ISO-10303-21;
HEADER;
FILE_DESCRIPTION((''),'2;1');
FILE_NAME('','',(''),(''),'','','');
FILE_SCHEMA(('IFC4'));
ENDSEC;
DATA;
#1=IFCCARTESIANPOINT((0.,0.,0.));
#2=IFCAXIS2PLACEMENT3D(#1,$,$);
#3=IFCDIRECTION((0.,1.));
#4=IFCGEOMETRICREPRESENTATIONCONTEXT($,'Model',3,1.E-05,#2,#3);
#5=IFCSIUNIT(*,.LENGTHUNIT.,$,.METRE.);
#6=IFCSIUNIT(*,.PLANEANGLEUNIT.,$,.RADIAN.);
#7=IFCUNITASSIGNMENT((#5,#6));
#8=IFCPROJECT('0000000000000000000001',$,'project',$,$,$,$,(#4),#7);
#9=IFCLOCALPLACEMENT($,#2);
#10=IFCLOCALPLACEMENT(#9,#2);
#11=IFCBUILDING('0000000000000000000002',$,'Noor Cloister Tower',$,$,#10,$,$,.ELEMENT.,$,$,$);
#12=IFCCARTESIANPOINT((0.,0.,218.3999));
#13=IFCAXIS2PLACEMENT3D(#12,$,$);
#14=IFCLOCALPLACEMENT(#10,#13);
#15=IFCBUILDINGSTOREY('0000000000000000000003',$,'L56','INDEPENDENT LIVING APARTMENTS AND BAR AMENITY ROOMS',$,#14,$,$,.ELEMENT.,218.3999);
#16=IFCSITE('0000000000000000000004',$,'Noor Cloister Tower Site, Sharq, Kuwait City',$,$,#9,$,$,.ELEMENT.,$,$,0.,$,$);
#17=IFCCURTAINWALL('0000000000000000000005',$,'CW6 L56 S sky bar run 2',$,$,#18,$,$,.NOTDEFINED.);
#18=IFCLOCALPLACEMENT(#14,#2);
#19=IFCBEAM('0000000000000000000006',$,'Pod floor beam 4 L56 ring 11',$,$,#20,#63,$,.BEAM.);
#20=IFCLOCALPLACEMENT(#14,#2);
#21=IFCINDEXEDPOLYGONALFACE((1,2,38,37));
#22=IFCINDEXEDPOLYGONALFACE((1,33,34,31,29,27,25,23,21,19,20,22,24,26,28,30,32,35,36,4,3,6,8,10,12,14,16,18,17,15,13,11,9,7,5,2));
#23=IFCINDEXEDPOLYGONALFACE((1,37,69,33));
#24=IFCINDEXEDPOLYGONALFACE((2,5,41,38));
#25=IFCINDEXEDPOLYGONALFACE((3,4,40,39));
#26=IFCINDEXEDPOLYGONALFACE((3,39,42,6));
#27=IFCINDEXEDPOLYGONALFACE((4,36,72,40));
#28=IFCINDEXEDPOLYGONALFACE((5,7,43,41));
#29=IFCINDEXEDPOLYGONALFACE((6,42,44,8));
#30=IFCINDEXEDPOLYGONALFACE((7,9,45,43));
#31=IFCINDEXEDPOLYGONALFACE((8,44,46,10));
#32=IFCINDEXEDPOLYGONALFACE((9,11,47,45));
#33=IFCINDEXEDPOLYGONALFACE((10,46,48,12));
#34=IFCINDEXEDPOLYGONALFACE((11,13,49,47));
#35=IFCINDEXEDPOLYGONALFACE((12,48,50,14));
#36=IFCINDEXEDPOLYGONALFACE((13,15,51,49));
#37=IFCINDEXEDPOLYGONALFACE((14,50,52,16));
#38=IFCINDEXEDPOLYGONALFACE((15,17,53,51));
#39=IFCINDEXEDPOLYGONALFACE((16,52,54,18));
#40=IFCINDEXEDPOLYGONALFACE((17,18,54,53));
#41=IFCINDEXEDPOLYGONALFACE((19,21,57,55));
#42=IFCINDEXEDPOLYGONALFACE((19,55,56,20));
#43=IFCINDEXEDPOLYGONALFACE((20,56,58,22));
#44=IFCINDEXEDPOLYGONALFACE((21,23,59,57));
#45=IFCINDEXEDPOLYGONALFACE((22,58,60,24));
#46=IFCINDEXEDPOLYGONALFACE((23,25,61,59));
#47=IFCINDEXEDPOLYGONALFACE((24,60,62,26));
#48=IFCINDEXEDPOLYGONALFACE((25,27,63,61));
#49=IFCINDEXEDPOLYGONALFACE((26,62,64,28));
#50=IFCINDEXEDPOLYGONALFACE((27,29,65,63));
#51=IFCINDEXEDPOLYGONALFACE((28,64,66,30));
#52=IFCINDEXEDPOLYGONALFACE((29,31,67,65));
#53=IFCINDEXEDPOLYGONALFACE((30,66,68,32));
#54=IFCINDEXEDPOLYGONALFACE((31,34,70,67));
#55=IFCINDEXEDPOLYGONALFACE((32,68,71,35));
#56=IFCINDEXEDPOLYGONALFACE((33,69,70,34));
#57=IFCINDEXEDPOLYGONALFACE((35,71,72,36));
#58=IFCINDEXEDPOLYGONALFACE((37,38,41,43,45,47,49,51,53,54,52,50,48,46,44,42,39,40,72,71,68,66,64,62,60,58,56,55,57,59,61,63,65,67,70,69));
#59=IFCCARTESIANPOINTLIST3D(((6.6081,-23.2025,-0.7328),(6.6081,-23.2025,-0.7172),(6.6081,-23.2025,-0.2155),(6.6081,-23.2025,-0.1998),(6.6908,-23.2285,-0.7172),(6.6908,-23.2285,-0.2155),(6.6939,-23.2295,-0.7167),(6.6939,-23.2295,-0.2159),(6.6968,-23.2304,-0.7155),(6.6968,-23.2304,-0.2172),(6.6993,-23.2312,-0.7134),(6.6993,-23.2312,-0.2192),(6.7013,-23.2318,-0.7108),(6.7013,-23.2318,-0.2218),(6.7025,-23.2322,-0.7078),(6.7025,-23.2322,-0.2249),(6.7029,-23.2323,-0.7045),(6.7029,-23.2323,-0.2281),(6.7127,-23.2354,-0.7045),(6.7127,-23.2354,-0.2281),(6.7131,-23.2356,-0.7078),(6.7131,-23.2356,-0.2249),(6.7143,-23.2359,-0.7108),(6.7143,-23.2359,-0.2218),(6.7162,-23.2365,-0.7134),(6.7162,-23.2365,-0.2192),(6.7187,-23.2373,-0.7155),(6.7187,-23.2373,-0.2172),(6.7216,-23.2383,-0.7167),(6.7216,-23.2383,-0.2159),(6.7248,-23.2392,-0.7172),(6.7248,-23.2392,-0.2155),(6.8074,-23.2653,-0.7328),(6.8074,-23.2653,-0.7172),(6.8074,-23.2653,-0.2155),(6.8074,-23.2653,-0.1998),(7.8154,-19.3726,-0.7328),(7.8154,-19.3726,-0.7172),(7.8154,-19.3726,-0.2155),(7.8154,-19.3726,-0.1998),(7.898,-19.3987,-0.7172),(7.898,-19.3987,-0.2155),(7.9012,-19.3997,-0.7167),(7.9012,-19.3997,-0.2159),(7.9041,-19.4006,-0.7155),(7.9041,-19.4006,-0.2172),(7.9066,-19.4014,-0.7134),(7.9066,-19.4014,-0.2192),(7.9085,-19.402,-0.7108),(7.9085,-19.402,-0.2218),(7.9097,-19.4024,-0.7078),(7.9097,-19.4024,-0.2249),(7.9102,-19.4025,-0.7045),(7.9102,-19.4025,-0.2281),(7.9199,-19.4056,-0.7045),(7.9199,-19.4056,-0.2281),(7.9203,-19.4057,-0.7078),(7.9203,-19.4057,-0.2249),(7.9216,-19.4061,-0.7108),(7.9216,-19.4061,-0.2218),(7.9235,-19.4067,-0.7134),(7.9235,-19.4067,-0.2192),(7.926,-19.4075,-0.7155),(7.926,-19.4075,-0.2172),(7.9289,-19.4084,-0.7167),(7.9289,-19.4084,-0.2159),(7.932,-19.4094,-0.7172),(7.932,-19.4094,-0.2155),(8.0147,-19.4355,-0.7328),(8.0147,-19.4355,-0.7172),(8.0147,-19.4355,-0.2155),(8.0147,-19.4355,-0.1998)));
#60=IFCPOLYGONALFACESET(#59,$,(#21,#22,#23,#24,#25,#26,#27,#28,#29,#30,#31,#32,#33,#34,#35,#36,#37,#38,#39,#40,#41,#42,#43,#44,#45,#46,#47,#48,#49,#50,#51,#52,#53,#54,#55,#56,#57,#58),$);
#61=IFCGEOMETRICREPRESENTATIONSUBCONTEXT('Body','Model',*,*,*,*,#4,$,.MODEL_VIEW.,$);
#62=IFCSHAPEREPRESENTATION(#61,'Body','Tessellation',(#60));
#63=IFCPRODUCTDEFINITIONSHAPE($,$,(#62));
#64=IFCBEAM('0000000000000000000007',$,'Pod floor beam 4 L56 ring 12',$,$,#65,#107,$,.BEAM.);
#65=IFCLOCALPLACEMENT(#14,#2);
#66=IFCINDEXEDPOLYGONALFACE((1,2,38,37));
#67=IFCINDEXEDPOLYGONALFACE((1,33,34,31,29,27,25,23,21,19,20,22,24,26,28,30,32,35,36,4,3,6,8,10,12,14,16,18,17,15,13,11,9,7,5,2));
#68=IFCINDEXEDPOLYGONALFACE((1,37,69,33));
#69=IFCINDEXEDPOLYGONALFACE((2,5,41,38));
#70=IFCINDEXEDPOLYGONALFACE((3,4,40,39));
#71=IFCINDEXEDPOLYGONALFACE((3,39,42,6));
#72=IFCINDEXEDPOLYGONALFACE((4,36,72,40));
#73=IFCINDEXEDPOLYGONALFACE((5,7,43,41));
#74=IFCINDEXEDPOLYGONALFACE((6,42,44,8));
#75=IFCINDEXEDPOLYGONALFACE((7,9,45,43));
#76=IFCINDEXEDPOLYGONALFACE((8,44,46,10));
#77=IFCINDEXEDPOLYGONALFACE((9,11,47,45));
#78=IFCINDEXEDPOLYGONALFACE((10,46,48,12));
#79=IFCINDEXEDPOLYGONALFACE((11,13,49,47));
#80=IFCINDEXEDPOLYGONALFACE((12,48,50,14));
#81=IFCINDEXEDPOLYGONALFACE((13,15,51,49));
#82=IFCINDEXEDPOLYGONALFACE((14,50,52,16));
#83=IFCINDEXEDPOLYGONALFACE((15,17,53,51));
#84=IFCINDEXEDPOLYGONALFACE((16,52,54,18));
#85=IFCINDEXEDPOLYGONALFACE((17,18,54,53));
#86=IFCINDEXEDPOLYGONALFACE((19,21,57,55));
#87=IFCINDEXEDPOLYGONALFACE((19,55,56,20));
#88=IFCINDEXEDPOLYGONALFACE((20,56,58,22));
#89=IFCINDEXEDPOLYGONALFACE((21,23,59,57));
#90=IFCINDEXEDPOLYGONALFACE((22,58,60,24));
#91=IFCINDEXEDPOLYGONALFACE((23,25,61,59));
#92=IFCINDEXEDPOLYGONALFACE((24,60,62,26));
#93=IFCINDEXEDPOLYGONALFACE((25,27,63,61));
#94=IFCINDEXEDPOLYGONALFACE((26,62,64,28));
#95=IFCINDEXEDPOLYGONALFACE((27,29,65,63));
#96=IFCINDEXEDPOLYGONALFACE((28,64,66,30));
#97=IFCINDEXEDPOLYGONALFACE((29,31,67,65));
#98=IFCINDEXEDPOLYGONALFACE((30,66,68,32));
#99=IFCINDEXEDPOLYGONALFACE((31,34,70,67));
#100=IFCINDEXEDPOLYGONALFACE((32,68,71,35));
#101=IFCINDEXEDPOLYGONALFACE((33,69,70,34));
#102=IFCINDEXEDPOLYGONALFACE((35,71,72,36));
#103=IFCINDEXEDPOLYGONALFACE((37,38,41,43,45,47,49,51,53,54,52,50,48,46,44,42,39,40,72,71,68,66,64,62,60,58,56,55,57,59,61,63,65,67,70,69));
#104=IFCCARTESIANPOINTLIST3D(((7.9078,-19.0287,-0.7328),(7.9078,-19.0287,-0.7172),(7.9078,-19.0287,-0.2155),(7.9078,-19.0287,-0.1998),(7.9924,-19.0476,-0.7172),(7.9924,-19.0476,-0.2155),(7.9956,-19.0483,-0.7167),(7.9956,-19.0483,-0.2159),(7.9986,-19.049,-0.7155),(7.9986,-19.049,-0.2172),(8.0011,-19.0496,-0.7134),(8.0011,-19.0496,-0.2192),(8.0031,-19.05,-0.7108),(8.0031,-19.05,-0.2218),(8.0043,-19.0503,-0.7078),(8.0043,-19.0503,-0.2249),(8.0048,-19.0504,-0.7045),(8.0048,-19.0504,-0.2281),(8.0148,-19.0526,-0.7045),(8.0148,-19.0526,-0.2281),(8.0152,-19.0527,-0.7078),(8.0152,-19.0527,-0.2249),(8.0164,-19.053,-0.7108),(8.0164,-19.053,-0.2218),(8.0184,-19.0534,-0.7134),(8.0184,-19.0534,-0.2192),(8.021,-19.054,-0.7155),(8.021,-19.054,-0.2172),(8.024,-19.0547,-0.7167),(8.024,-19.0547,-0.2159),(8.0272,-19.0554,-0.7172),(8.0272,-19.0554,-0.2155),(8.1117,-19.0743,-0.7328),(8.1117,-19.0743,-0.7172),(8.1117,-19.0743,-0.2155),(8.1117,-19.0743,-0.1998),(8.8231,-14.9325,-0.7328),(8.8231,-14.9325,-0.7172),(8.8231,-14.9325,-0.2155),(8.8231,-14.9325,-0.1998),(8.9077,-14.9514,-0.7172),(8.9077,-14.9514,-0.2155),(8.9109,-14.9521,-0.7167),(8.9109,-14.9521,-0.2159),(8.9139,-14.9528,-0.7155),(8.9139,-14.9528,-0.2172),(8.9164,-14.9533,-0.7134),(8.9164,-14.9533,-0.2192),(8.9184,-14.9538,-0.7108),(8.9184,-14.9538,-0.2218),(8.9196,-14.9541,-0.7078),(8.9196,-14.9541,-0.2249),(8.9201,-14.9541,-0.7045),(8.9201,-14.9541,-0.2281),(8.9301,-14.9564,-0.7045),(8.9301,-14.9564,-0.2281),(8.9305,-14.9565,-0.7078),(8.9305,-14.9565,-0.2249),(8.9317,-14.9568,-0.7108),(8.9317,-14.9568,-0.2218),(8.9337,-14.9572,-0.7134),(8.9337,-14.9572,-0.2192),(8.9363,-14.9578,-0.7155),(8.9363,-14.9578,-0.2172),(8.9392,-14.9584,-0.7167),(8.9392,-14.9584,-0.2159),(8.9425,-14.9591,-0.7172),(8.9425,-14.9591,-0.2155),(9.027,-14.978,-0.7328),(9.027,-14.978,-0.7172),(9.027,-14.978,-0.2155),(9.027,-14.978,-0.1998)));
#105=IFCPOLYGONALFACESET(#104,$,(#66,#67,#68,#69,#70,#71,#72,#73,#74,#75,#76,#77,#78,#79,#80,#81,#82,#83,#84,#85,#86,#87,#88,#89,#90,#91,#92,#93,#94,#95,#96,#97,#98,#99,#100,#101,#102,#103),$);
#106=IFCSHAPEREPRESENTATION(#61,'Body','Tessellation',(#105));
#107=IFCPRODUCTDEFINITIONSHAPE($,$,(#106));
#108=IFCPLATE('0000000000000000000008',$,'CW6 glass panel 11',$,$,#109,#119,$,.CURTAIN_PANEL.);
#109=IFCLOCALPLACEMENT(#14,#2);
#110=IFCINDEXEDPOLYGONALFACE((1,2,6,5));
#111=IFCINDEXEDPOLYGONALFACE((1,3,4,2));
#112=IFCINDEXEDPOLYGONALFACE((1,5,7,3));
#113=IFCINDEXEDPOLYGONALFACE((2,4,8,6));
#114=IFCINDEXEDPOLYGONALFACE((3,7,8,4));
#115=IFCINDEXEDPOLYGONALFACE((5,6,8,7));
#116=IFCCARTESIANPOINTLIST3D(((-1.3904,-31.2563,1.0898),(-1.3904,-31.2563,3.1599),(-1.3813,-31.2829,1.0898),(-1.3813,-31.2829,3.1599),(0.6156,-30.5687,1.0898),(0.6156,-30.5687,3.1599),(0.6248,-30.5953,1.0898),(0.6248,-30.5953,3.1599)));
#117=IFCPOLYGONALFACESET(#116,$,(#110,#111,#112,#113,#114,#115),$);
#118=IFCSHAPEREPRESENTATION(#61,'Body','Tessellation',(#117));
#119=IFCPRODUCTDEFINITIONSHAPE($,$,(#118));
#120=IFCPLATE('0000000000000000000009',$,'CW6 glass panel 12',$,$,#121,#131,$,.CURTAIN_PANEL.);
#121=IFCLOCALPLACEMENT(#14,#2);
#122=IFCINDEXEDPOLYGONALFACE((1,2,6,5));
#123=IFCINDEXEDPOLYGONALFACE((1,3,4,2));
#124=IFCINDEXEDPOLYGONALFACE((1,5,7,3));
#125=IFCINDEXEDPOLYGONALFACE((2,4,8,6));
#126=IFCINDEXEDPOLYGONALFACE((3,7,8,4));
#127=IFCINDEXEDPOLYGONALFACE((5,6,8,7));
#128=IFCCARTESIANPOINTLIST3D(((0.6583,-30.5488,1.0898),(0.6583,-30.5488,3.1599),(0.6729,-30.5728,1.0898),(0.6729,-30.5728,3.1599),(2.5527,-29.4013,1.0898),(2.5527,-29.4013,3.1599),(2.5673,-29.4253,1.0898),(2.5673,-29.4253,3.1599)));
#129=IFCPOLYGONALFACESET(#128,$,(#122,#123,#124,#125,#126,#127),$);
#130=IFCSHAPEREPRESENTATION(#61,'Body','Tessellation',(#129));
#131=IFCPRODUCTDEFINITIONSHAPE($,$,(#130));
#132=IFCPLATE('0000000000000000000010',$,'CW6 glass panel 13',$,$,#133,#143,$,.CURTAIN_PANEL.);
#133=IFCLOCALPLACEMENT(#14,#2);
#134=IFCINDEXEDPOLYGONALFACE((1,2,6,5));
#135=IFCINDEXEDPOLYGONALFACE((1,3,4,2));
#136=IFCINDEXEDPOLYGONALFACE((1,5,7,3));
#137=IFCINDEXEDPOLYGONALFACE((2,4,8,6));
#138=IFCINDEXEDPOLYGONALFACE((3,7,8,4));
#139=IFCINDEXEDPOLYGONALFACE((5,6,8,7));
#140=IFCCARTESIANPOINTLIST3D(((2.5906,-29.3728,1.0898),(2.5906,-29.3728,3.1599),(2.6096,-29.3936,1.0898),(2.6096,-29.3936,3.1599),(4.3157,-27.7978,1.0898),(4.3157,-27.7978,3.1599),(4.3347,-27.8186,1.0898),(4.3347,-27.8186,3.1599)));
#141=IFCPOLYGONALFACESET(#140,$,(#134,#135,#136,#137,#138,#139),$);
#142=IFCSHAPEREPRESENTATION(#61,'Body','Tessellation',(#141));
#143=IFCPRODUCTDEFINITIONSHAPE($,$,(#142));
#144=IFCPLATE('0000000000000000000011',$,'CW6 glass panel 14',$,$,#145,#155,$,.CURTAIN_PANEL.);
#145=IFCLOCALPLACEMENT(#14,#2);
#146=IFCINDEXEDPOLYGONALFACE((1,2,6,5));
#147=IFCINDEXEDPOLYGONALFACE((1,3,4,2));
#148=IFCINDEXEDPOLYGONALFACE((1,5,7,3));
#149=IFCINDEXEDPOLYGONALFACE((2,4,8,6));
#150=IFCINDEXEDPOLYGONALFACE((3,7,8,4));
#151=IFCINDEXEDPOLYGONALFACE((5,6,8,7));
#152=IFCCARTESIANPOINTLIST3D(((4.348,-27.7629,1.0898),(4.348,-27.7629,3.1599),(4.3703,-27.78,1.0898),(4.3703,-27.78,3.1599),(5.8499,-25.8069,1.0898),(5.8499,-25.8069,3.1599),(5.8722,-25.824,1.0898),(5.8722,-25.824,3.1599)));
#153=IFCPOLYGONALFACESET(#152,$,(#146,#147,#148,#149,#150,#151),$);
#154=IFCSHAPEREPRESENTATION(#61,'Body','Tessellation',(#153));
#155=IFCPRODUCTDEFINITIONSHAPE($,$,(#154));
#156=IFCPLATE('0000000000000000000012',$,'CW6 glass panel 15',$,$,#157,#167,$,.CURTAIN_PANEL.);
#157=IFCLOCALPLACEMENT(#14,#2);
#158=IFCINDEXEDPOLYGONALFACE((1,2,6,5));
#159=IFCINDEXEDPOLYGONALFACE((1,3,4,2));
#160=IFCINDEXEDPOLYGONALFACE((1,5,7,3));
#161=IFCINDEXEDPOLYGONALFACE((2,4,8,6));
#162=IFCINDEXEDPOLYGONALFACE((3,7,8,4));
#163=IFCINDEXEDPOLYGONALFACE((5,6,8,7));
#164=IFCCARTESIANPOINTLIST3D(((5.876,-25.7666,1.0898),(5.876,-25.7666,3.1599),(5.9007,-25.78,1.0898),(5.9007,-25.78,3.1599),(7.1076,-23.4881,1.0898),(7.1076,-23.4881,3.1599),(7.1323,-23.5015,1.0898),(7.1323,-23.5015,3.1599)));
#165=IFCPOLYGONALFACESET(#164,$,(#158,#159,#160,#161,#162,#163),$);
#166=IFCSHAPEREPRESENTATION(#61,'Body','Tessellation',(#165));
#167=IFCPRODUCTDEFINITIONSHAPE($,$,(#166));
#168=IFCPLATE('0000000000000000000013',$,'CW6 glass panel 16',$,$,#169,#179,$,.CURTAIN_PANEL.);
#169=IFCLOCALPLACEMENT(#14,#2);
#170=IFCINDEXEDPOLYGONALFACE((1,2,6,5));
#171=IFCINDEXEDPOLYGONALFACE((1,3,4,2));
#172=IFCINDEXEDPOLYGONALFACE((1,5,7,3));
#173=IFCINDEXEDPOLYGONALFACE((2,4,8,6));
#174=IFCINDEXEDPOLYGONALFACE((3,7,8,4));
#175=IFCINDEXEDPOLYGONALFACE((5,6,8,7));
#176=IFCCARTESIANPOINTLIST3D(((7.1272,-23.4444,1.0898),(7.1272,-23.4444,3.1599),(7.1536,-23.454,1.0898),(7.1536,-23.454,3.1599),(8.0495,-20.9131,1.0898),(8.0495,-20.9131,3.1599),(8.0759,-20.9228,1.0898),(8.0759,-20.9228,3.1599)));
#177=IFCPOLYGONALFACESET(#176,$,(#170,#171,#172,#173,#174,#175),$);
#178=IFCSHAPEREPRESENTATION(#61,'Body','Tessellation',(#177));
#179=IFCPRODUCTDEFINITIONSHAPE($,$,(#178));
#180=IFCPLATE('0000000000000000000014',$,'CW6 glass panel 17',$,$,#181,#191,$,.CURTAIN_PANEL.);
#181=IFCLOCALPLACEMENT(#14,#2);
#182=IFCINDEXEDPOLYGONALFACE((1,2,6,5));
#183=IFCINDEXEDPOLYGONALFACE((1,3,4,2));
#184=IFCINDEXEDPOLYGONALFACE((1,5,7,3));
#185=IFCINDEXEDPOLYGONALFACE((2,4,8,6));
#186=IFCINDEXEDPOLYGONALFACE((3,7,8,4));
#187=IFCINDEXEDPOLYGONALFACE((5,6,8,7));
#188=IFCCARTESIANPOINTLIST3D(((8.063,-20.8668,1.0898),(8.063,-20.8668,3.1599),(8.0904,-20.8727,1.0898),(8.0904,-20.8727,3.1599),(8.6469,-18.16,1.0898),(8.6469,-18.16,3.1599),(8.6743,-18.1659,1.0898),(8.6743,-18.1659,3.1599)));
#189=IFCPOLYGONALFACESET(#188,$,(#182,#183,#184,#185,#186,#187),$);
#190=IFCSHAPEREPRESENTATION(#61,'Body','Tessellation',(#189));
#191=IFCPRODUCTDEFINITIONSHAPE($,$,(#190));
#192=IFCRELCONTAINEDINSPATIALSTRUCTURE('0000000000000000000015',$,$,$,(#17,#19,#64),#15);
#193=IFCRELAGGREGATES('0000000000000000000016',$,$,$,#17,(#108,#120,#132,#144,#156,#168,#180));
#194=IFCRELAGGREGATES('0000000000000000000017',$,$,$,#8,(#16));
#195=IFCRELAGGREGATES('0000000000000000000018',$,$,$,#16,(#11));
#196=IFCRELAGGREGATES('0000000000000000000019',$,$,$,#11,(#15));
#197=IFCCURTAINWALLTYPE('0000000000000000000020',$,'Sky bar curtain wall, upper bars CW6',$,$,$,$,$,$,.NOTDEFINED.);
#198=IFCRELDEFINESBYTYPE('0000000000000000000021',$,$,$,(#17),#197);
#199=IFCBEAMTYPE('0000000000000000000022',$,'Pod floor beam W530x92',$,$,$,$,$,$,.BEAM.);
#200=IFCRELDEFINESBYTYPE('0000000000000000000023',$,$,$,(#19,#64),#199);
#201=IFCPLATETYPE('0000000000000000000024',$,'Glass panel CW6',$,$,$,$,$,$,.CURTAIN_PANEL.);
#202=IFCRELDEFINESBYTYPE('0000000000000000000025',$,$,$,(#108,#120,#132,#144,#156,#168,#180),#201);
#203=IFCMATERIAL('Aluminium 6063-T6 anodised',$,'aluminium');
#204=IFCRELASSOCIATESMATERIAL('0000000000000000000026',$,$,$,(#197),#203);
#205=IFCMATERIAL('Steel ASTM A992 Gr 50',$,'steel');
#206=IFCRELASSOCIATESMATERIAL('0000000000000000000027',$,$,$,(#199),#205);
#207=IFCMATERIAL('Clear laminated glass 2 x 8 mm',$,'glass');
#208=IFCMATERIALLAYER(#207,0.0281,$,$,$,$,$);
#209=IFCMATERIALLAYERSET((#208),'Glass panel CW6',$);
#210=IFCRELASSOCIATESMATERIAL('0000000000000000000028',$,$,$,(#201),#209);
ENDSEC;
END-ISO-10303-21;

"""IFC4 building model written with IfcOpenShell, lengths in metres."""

from ifc_helpers import new_model, si_unit, direction, frame, origin, origin_2d, place, context, subcontext, project, spatial, rectangle, i_section, extrude, material, layer, layer_set, material_profile, profile_set, type_object, element, aggregate, save


model = new_model("IFC4")

# Units and contexts
model_context = context("Model", 3, precision=1e-05, world=origin(), true_north=direction((0.0, 1.0)))
body_context = subcontext(model_context, "Body", "Model", "MODEL_VIEW")
ifc_project = project(units=[si_unit("LENGTHUNIT", "METRE"), si_unit("PLANEANGLEUNIT", "RADIAN")], contexts=[model_context])

# Site, building, storey
site_placement = place(None, origin())
site = spatial("IfcSite", under=ifc_project, at=site_placement, Name="Noor Cloister Tower Site, Sharq, Kuwait City", CompositionType="ELEMENT", RefElevation=0.0)
building_placement = place(site_placement, origin())
building = spatial("IfcBuilding", under=site, at=building_placement, Name="Noor Cloister Tower", CompositionType="ELEMENT")
storey_placement = place(building_placement, frame((0.0, 0.0, 218.3999)))
storey = spatial("IfcBuildingStorey", under=building, at=storey_placement, Name="L56", Description="INDEPENDENT LIVING APARTMENTS AND BAR AMENITY ROOMS", CompositionType="ELEMENT", Elevation=218.3999)

# Curtain wall
ifc_material_1 = material(Name="Aluminium 6063-T6 anodised", Category="aluminium")
curtain_wall_type = type_object("IfcCurtainWallType", Name="Sky bar curtain wall, upper bars CW6", PredefinedType="NOTDEFINED", material=ifc_material_1)
curtain_wall_placement = place(storey_placement, origin())
curtain_wall = element("IfcCurtainWall", 1, at=curtain_wall_placement, inside=storey, type_object=curtain_wall_type, Name="CW6 L56 S sky bar run 2", PredefinedType="NOTDEFINED")

# Beams
ifc_material_2 = material(Name="Steel ASTM A992 Gr 50", Category="steel")
ifc_material_profile_1 = material_profile(ifc_material_2, i_section(OverallWidth=0.209, OverallDepth=0.533, WebThickness=0.0103, FlangeThickness=0.0156, FilletRadius=0.0127, at=origin_2d()), Name="W530x92")
ifc_profile_set_1 = profile_set([ifc_material_profile_1], Name="Steel ASTM A992 Gr 50")
beam_type = type_object("IfcBeamType", Name="Pod floor beam W530x92", PredefinedType="BEAM", material=ifc_profile_set_1)
beam_1_placement = place(storey_placement, frame((6.7078, -23.2339, -0.4663), z_axis=(0.300645, 0.953736, 0.0), x_axis=(-0.953736, 0.300645, 0.0)))
element("IfcBeam", 2, at=beam_1_placement, inside=storey, type_object=beam_type, Name="Pod floor beam 4 L56 ring 11", PredefinedType="BEAM", context=body_context, shape_type="SweptSolid", body=[
    extrude(i_section(OverallWidth=0.209, OverallDepth=0.533, WebThickness=0.0103, FlangeThickness=0.0156, FilletRadius=0.0127, at=origin_2d()), origin(), (0.0, 0.0, 1.0), 4.0156),
])
beam_2_placement = place(storey_placement, frame((8.0098, -19.0515, -0.4663), z_axis=(0.21807, 0.975933, 0.0), x_axis=(-0.975933, 0.21807, 0.0)))
element("IfcBeam", 3, at=beam_2_placement, inside=storey, type_object=beam_type, Name="Pod floor beam 4 L56 ring 12", PredefinedType="BEAM", context=body_context, shape_type="SweptSolid", body=[
    extrude(i_section(OverallWidth=0.209, OverallDepth=0.533, WebThickness=0.0103, FlangeThickness=0.0156, FilletRadius=0.0127, at=origin_2d()), origin(), (0.0, 0.0, 1.0), 4.1973),
])

# Plates
ifc_material_3 = material(Name="Clear laminated glass 2 x 8 mm", Category="glass")
ifc_layer_1 = layer(ifc_material_3, 0.0281)
ifc_layer_set_1 = layer_set([ifc_layer_1], Name="Glass panel CW6")
plate_type = type_object("IfcPlateType", Name="Glass panel CW6", PredefinedType="CURTAIN_PANEL", material=ifc_layer_set_1)
plate_1_placement = place(storey_placement, frame((-0.3828, -30.9258, 1.0898), z_axis=(0.0, 0.0, 1.0), x_axis=(0.94597, 0.324256, 0.0)))
plate_1 = element("IfcPlate", 4, at=plate_1_placement, type_object=plate_type, Name="CW6 glass panel 11", PredefinedType="CURTAIN_PANEL", context=body_context, shape_type="SweptSolid", body=[
    extrude(rectangle(XDim=2.1206, YDim=0.0281, at=origin_2d()), origin(), (0.0, 0.0, 1.0), 2.0701),
])
plate_2_placement = place(storey_placement, frame((1.6128, -29.9871, 1.0898), z_axis=(0.0, 0.0, 1.0), x_axis=(0.855314, 0.51811, 0.0)))
plate_2 = element("IfcPlate", 5, at=plate_2_placement, type_object=plate_type, Name="CW6 glass panel 12", PredefinedType="CURTAIN_PANEL", context=body_context, shape_type="SweptSolid", body=[
    extrude(rectangle(XDim=2.2148, YDim=0.0281, at=origin_2d()), origin(), (0.0, 0.0, 1.0), 2.0701),
])
plate_3_placement = place(storey_placement, frame((3.4626, -28.5957, 1.0898), z_axis=(0.0, 0.0, 1.0), x_axis=(0.738502, 0.674252, 0.0)))
plate_3 = element("IfcPlate", 6, at=plate_3_placement, type_object=plate_type, Name="CW6 glass panel 13", PredefinedType="CURTAIN_PANEL", context=body_context, shape_type="SweptSolid", body=[
    extrude(rectangle(XDim=2.3359, YDim=0.0281, at=origin_2d()), origin(), (0.0, 0.0, 1.0), 2.0701),
])
plate_4_placement = place(storey_placement, frame((5.1101, -26.7935, 1.0898), z_axis=(0.0, 0.0, 1.0), x_axis=(0.609017, 0.793157, 0.0)))
plate_4 = element("IfcPlate", 7, at=plate_4_placement, type_object=plate_type, Name="CW6 glass panel 14", PredefinedType="CURTAIN_PANEL", context=body_context, shape_type="SweptSolid", body=[
    extrude(rectangle(XDim=2.4661, YDim=0.0281, at=origin_2d()), origin(), (0.0, 0.0, 1.0), 2.0701),
])
plate_5_placement = place(storey_placement, frame((6.5042, -24.634, 1.0898), z_axis=(0.0, 0.0, 1.0), x_axis=(0.47553, 0.879699, 0.0)))
plate_5 = element("IfcPlate", 8, at=plate_5_placement, type_object=plate_type, Name="CW6 glass panel 15", PredefinedType="CURTAIN_PANEL", context=body_context, shape_type="SweptSolid", body=[
    extrude(rectangle(XDim=2.5901, YDim=0.0281, at=origin_2d()), origin(), (0.0, 0.0, 1.0), 2.0701),
])
plate_6_placement = place(storey_placement, frame((7.6016, -22.1836, 1.0898), z_axis=(0.0, 0.0, 1.0), x_axis=(0.342351, 0.939572, 0.0)))
plate_6 = element("IfcPlate", 9, at=plate_6_placement, type_object=plate_type, Name="CW6 glass panel 16", PredefinedType="CURTAIN_PANEL", context=body_context, shape_type="SweptSolid", body=[
    extrude(rectangle(XDim=2.6941, YDim=0.0281, at=origin_2d()), origin(), (0.0, 0.0, 1.0), 2.0701),
])
plate_7_placement = place(storey_placement, frame((8.3687, -19.5164, 1.0898), z_axis=(0.0, 0.0, 1.0), x_axis=(0.210872, 0.977514, 0.0)))
plate_7 = element("IfcPlate", 10, at=plate_7_placement, type_object=plate_type, Name="CW6 glass panel 17", PredefinedType="CURTAIN_PANEL", context=body_context, shape_type="SweptSolid", body=[
    extrude(rectangle(XDim=2.769, YDim=0.0281, at=origin_2d()), origin(), (0.0, 0.0, 1.0), 2.0701),
])
aggregate(curtain_wall, [plate_1, plate_2, plate_3, plate_4, plate_5, plate_6, plate_7])

save(model, "model.ifc")
